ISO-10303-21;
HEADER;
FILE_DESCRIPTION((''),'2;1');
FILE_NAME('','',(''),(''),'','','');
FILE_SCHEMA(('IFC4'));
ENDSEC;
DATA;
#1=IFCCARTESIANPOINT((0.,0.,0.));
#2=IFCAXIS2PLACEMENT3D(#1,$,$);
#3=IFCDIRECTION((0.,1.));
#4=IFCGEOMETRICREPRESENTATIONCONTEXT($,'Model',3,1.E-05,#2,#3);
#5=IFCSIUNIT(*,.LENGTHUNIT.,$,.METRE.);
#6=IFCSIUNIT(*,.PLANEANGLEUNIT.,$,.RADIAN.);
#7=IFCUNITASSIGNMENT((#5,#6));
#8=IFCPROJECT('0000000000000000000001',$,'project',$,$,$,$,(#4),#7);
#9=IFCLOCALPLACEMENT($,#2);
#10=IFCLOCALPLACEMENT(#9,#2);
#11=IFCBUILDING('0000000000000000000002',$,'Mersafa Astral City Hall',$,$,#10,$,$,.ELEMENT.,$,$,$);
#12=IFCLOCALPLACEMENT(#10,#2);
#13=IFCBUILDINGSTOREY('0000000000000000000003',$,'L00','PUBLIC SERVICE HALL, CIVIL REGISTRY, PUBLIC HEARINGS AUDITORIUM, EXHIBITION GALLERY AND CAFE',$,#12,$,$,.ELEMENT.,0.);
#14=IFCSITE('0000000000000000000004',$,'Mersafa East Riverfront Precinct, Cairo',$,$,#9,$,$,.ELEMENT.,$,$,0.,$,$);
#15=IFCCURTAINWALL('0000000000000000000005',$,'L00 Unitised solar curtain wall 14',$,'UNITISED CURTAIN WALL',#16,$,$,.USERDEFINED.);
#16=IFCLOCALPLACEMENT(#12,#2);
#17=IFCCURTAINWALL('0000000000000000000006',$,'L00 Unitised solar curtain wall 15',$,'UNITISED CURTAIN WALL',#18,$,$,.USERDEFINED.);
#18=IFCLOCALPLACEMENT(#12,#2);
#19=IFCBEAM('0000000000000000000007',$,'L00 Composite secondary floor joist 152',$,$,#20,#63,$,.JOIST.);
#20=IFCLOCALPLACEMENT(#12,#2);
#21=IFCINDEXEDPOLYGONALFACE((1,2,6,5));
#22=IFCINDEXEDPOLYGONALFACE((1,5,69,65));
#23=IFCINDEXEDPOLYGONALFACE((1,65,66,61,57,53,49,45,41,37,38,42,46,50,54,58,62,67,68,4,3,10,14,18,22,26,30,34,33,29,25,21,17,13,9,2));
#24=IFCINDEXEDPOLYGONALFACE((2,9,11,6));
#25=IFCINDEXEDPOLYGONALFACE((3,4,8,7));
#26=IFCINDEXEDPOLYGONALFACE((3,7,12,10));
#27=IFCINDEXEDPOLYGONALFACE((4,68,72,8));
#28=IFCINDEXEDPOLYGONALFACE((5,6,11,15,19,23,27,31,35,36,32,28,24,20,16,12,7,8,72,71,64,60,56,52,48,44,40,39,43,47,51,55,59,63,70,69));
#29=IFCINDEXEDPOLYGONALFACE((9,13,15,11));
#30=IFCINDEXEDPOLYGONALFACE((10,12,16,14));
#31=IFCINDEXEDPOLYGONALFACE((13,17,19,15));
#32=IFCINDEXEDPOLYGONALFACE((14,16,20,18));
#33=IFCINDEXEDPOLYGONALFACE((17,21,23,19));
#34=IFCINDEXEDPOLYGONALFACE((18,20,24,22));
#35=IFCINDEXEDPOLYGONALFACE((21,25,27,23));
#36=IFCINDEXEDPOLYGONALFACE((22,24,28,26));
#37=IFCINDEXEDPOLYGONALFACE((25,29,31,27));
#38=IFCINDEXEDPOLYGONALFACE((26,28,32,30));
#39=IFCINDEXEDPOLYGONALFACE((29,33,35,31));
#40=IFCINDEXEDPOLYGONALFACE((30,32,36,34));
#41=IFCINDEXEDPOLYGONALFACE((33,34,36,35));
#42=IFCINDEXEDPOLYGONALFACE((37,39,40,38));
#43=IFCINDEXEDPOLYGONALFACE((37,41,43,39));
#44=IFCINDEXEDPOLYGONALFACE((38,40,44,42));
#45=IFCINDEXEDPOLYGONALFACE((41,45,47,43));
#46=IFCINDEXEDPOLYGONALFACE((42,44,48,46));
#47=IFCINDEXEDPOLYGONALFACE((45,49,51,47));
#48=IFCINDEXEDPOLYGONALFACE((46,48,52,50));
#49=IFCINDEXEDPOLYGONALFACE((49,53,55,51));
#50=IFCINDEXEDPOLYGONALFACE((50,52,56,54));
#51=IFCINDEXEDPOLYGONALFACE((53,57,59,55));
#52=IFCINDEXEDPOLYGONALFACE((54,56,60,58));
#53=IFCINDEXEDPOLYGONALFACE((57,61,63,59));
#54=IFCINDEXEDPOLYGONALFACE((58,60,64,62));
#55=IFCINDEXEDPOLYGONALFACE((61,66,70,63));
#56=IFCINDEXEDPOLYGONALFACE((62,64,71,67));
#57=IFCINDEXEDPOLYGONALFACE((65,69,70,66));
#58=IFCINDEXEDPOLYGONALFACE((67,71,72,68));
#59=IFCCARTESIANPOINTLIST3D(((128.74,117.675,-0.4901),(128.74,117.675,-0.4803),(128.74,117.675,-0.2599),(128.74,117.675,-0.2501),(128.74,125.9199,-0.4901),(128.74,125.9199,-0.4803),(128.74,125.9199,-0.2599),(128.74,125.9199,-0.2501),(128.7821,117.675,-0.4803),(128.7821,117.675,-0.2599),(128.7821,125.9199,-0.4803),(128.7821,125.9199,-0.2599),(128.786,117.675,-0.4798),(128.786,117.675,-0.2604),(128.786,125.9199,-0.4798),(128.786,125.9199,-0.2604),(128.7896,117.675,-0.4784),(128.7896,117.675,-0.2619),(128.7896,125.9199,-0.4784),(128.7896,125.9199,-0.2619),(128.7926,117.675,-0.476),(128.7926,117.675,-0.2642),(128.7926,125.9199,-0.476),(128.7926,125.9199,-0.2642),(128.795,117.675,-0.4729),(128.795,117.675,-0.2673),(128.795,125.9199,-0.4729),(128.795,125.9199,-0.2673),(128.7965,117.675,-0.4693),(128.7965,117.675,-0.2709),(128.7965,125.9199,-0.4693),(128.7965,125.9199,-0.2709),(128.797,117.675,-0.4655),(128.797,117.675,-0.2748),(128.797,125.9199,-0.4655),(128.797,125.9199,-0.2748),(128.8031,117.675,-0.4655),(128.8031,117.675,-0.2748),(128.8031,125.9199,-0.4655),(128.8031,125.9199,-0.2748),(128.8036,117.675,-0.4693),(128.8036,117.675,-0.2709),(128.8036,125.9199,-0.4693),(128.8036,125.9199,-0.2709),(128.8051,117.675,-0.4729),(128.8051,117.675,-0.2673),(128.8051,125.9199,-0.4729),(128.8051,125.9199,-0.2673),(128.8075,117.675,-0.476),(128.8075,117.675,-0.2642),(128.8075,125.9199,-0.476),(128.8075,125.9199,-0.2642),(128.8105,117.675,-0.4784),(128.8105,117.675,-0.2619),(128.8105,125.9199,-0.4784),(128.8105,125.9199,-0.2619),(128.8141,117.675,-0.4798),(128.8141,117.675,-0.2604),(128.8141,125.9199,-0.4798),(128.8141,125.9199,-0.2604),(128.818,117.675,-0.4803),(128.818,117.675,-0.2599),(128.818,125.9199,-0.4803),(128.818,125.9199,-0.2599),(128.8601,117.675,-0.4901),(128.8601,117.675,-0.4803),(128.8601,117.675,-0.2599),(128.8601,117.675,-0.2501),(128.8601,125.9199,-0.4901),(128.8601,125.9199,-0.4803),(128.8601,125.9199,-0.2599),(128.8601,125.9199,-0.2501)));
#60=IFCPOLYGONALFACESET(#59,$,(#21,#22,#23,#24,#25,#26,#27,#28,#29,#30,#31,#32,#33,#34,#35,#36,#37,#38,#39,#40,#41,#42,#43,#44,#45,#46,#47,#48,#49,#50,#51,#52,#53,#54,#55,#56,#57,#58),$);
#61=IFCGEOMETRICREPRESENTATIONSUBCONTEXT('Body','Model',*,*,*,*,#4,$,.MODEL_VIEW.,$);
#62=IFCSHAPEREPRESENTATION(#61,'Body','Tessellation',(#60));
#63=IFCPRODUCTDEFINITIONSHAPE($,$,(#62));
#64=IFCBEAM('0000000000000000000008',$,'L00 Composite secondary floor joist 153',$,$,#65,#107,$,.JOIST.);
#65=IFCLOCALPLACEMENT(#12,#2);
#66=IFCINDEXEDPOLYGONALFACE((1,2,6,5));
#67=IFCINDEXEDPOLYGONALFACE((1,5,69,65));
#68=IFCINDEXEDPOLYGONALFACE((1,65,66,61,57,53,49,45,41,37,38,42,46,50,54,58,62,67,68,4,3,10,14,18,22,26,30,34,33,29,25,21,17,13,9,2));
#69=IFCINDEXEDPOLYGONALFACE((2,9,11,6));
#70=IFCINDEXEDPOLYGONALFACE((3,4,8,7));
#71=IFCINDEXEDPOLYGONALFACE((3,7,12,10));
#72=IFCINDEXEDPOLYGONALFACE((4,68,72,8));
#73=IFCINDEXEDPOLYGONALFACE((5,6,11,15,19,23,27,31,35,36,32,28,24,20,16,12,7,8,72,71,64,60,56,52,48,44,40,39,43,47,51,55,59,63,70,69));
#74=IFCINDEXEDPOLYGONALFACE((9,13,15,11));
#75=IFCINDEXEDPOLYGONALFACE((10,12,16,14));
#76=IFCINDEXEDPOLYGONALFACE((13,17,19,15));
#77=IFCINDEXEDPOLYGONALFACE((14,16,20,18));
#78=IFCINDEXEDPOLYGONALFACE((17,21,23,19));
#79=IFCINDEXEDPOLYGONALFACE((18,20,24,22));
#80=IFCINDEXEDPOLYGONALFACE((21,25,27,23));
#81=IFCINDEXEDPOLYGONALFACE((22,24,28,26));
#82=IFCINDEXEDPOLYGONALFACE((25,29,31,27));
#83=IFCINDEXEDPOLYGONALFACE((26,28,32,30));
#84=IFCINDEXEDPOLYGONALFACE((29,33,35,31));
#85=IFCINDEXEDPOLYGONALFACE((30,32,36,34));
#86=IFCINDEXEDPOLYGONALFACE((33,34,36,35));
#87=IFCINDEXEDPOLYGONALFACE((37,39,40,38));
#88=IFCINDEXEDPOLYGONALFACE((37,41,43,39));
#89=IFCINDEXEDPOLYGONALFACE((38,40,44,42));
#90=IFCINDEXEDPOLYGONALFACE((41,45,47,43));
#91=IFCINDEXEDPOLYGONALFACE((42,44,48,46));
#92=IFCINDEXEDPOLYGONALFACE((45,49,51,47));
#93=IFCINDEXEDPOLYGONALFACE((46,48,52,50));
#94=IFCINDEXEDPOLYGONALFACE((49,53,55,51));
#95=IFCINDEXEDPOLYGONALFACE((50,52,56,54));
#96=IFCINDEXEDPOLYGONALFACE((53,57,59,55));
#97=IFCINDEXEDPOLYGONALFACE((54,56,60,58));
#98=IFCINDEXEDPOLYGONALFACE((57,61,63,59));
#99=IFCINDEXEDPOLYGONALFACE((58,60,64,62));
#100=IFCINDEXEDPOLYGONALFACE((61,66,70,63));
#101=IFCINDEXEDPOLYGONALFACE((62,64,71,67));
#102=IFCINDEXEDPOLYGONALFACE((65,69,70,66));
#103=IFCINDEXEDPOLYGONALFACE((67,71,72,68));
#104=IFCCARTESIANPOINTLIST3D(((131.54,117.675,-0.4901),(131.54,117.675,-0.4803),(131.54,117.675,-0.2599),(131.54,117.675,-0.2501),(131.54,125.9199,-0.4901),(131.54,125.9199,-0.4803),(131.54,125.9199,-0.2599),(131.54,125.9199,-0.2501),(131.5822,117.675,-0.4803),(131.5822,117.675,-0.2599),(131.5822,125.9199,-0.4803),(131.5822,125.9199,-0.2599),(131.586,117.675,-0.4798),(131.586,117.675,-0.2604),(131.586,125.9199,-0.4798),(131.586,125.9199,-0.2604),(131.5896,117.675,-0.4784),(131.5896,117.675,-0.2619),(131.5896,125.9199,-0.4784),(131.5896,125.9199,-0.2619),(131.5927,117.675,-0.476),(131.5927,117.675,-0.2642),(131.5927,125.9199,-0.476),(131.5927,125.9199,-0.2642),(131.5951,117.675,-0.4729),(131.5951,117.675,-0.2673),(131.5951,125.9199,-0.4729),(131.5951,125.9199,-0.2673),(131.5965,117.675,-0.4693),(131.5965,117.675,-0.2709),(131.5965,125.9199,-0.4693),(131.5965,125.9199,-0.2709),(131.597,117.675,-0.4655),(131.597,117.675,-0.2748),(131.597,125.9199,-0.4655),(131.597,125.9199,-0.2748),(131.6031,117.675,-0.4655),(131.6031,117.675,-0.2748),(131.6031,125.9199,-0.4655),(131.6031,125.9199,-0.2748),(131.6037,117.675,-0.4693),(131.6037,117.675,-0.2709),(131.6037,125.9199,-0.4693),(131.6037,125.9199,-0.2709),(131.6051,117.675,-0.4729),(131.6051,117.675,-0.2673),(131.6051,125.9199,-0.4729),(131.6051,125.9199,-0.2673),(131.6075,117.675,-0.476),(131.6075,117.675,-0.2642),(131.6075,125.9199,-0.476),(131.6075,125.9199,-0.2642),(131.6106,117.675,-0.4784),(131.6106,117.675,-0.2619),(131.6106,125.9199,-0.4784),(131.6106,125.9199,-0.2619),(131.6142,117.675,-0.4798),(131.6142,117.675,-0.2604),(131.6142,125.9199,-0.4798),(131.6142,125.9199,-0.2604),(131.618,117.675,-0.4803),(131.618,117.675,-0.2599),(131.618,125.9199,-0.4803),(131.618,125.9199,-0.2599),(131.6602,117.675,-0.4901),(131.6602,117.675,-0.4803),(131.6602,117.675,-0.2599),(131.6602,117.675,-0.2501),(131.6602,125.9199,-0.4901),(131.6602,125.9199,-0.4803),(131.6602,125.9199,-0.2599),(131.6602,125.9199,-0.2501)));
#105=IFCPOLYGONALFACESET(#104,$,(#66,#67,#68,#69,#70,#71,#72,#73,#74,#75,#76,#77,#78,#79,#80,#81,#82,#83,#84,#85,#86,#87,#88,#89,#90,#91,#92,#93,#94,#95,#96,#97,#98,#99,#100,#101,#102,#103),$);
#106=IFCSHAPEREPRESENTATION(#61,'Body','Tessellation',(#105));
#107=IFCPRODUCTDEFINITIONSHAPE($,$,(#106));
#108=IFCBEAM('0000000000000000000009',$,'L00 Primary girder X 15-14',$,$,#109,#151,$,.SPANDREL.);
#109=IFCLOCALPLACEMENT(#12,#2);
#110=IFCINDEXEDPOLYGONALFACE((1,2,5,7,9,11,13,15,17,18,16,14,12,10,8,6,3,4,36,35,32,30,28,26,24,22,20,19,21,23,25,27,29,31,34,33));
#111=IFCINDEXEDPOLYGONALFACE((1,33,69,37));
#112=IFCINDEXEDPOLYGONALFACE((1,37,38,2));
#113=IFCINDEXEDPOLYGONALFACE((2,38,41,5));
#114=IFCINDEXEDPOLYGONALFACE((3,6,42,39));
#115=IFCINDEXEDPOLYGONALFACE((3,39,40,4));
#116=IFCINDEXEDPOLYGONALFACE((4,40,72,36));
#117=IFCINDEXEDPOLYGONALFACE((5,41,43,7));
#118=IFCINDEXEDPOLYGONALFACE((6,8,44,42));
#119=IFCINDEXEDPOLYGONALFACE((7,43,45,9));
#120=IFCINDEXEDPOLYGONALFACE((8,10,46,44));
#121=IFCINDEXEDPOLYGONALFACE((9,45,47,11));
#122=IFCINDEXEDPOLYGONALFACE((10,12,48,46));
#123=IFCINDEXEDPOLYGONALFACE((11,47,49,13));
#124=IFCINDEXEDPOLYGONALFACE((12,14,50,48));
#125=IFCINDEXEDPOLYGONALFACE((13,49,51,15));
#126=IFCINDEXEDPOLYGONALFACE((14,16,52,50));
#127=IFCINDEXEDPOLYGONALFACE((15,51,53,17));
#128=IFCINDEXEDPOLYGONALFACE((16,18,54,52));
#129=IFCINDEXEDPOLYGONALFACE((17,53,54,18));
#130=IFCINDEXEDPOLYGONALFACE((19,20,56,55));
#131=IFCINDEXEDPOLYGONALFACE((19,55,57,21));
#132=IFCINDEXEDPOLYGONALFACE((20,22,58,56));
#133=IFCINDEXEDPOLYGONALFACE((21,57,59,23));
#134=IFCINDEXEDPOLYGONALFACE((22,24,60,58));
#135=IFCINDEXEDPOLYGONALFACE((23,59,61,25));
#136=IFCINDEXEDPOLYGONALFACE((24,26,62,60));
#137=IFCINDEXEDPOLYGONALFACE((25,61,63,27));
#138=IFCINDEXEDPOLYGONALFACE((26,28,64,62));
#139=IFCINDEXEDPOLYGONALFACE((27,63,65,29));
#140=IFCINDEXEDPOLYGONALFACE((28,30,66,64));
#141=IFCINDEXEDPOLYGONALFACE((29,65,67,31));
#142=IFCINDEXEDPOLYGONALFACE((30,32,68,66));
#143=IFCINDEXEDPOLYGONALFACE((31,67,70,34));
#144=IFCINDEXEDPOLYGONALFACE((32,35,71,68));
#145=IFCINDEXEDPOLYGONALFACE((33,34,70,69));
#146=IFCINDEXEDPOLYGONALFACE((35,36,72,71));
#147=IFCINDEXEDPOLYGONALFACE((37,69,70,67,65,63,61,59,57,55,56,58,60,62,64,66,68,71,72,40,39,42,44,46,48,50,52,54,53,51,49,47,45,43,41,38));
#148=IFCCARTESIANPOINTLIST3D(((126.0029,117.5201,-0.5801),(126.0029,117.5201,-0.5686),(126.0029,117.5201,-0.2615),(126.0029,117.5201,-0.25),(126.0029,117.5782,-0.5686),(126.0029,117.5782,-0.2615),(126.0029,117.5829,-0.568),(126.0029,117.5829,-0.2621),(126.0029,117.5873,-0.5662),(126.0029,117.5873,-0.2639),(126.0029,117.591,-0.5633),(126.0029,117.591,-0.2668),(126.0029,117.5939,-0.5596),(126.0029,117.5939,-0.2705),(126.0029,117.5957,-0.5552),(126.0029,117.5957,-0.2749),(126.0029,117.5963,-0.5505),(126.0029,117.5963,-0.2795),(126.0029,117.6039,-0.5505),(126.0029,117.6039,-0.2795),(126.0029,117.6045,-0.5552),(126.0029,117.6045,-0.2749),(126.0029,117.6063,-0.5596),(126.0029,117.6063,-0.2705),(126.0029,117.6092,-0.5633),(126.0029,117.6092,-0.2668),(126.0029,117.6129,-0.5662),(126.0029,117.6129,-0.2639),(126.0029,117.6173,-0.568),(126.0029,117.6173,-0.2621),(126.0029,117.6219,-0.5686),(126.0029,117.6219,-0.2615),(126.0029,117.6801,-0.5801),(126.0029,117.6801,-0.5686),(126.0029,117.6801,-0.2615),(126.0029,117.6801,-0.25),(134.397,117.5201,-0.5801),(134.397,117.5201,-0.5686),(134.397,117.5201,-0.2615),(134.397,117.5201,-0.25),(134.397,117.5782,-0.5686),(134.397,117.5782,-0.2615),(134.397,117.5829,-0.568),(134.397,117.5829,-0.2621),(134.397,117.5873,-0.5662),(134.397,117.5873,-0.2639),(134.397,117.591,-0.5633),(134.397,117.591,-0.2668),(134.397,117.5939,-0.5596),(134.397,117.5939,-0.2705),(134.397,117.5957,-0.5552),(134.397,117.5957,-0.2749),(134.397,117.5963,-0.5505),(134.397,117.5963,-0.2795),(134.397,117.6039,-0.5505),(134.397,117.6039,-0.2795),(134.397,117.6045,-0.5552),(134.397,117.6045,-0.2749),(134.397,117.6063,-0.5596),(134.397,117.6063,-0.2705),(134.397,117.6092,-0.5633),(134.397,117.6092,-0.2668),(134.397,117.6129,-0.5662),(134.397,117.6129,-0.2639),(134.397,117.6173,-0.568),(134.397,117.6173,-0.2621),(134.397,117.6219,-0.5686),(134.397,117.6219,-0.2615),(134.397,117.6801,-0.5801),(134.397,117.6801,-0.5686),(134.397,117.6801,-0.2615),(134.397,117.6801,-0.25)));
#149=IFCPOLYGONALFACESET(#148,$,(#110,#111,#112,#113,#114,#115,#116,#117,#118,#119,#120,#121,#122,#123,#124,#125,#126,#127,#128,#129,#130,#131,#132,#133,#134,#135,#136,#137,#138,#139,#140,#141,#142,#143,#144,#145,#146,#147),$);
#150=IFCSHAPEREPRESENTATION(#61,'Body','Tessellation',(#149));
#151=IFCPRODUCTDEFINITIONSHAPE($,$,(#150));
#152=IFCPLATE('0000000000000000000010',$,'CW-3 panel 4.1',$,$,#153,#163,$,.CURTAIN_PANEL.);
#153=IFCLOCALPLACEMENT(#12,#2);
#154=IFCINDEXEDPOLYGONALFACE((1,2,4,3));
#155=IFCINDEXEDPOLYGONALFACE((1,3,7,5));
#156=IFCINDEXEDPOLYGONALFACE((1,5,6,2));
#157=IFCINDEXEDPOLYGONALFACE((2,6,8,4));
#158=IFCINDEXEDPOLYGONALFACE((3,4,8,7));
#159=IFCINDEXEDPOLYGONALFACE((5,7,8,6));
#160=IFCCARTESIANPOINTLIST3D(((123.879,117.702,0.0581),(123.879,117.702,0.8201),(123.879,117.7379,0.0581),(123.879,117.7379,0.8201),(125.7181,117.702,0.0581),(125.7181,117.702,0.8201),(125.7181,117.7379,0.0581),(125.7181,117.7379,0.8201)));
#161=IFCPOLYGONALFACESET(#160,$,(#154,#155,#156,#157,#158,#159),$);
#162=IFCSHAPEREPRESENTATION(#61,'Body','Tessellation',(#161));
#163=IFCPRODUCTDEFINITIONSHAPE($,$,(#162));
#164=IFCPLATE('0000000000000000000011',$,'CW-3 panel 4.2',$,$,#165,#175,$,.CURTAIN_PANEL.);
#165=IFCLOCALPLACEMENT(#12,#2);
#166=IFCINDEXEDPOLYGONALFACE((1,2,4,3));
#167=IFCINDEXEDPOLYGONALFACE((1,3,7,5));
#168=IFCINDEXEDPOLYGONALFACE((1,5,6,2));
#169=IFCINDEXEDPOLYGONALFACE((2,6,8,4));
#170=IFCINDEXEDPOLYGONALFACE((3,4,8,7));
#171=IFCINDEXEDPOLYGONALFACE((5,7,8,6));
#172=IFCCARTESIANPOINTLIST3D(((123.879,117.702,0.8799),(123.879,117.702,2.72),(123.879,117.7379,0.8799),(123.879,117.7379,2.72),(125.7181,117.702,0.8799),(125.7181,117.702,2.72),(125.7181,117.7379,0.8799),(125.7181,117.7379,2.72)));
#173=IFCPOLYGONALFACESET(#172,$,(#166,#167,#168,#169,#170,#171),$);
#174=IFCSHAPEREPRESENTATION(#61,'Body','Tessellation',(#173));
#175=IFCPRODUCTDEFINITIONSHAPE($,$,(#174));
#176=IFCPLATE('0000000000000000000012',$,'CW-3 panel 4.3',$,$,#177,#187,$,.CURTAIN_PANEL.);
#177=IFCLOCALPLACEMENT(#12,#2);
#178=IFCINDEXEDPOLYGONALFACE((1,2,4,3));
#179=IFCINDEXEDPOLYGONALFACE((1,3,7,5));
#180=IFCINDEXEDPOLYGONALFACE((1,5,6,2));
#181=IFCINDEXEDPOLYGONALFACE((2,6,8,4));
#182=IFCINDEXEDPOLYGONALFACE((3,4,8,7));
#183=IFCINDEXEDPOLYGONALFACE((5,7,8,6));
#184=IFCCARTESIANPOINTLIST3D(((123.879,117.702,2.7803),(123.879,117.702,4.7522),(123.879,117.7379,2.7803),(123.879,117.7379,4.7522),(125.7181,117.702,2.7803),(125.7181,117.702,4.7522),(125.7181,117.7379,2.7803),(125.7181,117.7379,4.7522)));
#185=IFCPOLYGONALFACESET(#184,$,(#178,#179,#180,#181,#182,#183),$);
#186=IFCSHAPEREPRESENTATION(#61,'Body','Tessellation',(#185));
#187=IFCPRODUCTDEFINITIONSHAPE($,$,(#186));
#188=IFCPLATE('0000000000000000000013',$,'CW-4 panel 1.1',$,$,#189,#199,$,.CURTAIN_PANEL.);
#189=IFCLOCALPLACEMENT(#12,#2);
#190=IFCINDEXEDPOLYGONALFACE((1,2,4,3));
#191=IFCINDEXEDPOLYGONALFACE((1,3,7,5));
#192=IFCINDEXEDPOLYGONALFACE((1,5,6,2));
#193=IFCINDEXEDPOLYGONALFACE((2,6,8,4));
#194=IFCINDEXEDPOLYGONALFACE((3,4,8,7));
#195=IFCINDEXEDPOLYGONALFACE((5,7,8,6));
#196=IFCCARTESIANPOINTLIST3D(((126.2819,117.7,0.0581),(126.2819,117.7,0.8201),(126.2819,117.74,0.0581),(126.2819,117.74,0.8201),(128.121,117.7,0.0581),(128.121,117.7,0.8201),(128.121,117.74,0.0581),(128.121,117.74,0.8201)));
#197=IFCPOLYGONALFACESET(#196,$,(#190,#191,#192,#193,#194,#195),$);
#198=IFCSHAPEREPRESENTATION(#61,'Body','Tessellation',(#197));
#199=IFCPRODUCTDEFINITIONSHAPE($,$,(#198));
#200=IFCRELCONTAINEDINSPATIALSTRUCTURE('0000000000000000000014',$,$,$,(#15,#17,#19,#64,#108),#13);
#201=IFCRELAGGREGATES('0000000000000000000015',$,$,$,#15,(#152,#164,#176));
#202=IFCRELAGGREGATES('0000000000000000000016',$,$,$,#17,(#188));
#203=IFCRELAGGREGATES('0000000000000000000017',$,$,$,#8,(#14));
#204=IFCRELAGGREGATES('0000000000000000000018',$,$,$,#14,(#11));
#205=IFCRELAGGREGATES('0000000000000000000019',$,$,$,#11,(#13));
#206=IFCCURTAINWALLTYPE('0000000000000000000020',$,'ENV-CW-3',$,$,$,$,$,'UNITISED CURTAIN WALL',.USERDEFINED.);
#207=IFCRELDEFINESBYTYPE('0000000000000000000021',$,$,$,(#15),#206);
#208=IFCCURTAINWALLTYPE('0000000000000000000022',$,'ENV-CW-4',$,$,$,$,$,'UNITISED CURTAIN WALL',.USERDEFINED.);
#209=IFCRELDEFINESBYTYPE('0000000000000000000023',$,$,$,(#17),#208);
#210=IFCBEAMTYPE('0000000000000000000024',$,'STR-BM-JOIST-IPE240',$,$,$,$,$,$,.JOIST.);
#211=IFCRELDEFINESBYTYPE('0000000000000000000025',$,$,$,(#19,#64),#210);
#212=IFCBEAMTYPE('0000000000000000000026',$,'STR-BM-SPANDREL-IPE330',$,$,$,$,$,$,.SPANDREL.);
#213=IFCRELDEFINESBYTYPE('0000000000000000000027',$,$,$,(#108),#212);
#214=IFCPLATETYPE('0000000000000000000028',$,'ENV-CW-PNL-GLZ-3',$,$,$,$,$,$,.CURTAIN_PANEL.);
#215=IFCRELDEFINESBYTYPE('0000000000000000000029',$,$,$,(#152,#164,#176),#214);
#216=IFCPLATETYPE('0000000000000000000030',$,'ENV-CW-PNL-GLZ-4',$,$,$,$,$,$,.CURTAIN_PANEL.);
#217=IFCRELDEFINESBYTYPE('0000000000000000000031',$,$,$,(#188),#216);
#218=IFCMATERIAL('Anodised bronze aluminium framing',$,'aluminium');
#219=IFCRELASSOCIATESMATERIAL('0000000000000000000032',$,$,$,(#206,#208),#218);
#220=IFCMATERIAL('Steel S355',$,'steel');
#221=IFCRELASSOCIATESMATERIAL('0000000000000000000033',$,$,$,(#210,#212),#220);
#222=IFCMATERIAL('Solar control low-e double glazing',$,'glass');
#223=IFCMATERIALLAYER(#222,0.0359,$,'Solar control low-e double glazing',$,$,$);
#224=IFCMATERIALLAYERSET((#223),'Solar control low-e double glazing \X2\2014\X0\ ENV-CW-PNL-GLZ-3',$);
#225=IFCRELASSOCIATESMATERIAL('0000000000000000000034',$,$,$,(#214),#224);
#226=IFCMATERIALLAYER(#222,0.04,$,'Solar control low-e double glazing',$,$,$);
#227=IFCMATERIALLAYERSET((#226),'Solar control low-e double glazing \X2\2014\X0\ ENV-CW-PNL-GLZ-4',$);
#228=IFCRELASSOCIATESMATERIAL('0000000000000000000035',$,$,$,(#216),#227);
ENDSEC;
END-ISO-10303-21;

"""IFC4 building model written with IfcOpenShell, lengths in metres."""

from ifc_helpers import new_model, si_unit, direction, frame, origin, origin_2d, place, context, subcontext, project, spatial, rectangle, i_section, extrude, material, layer, layer_set, material_profile, profile_set, type_object, element, aggregate, save


model = new_model("IFC4")

# Units and contexts
model_context = context("Model", 3, precision=1e-05, world=origin(), true_north=direction((0.0, 1.0)))
body_context = subcontext(model_context, "Body", "Model", "MODEL_VIEW")
ifc_project = project(units=[si_unit("LENGTHUNIT", "METRE"), si_unit("PLANEANGLEUNIT", "RADIAN")], contexts=[model_context])

# Site, building, storey
site_placement = place(None, origin())
site = spatial("IfcSite", under=ifc_project, at=site_placement, Name="Mersafa East Riverfront Precinct, Cairo", CompositionType="ELEMENT", RefElevation=0.0)
building_placement = place(site_placement, origin())
building = spatial("IfcBuilding", under=site, at=building_placement, Name="Mersafa Astral City Hall", CompositionType="ELEMENT")
storey_placement = place(building_placement, origin())
storey = spatial("IfcBuildingStorey", under=building, at=storey_placement, Name="L00", Description="PUBLIC SERVICE HALL, CIVIL REGISTRY, PUBLIC HEARINGS AUDITORIUM, EXHIBITION GALLERY AND CAFE", CompositionType="ELEMENT", Elevation=0.0)

# Shared definitions
ifc_material_1 = material(Name="Steel S355", Category="steel")

# Curtain wall
ifc_material_2 = material(Name="Anodised bronze aluminium framing", Category="aluminium")
curtain_wall_type_1 = type_object("IfcCurtainWallType", Name="ENV-CW-3", ElementType="UNITISED CURTAIN WALL", PredefinedType="USERDEFINED", material=ifc_material_2)
curtain_wall_1_placement = place(storey_placement, origin())
curtain_wall_1 = element("IfcCurtainWall", 1, at=curtain_wall_1_placement, inside=storey, type_object=curtain_wall_type_1, Name="L00 Unitised solar curtain wall 14", ObjectType="UNITISED CURTAIN WALL", PredefinedType="USERDEFINED")

# Curtain wall
curtain_wall_type_2 = type_object("IfcCurtainWallType", Name="ENV-CW-4", ElementType="UNITISED CURTAIN WALL", PredefinedType="USERDEFINED", material=ifc_material_2)
curtain_wall_2_placement = place(storey_placement, origin())
curtain_wall_2 = element("IfcCurtainWall", 2, at=curtain_wall_2_placement, inside=storey, type_object=curtain_wall_type_2, Name="L00 Unitised solar curtain wall 15", ObjectType="UNITISED CURTAIN WALL", PredefinedType="USERDEFINED")

# Beams
ifc_material_profile_1 = material_profile(ifc_material_1, i_section(OverallWidth=0.1201, OverallDepth=0.24, WebThickness=0.0061, FlangeThickness=0.0098, FilletRadius=0.0149, at=origin_2d()), Name="IPE 240")
ifc_profile_set_1 = profile_set([ifc_material_profile_1], Name="Steel S355")
beam_type_1 = type_object("IfcBeamType", Name="STR-BM-JOIST-IPE240", PredefinedType="JOIST", material=ifc_profile_set_1)
for number, where, z_axis, x_axis, name in (
    (3, (128.8, 117.675, -0.3701), (0.0, 1.0, 0.0), (-1.0, 0.0, 0.0), "L00 Composite secondary floor joist 152"),
    (4, (131.6001, 117.675, -0.3701), (0.0, 1.0, 0.0), (-1.0, 0.0, 0.0), "L00 Composite secondary floor joist 153"),
):
    element("IfcBeam", number, at=place(storey_placement, frame(where, z_axis=z_axis, x_axis=x_axis)), inside=storey, type_object=beam_type_1, Name=name, PredefinedType="JOIST", context=body_context, shape_type="SweptSolid", body=[
        extrude(i_section(OverallWidth=0.1201, OverallDepth=0.24, WebThickness=0.0061, FlangeThickness=0.0098, FilletRadius=0.0149, at=origin_2d()), origin(), (0.0, 0.0, 1.0), 8.2449),
    ])
ifc_material_profile_2 = material_profile(ifc_material_1, i_section(OverallWidth=0.1599, OverallDepth=0.3301, WebThickness=0.0076, FlangeThickness=0.0115, FilletRadius=0.0181, at=origin_2d()), Name="IPE 330")
ifc_profile_set_2 = profile_set([ifc_material_profile_2], Name="Steel S355")
beam_type_2 = type_object("IfcBeamType", Name="STR-BM-SPANDREL-IPE330", PredefinedType="SPANDREL", material=ifc_profile_set_2)
beam_placement = place(storey_placement, frame((126.0029, 117.6001, -0.415), z_axis=(1.0, 0.0, 0.0), x_axis=(0.0, 1.0, 0.0)))
element("IfcBeam", 5, at=beam_placement, inside=storey, type_object=beam_type_2, Name="L00 Primary girder X 15-14", PredefinedType="SPANDREL", context=body_context, shape_type="SweptSolid", body=[
    extrude(i_section(OverallWidth=0.1599, OverallDepth=0.3301, WebThickness=0.0076, FlangeThickness=0.0115, FilletRadius=0.0181, at=origin_2d()), origin(), (0.0, 0.0, 1.0), 8.394),
])

# Plates
ifc_material_3 = material(Name="Solar control low-e double glazing", Category="glass")
ifc_layer_1 = layer(ifc_material_3, 0.0359, Name="Solar control low-e double glazing")
ifc_layer_set_1 = layer_set([ifc_layer_1], Name="Solar control low-e double glazing — ENV-CW-PNL-GLZ-3")
plate_type_1 = type_object("IfcPlateType", Name="ENV-CW-PNL-GLZ-3", PredefinedType="CURTAIN_PANEL", material=ifc_layer_set_1)
plate_1_placement = place(storey_placement, frame((124.7986, 117.72, 0.0581), z_axis=(0.0, 0.0, 1.0), x_axis=(1.0, 0.0, 0.0)))
plate_1 = element("IfcPlate", 6, at=plate_1_placement, type_object=plate_type_1, Name="CW-3 panel 4.1", PredefinedType="CURTAIN_PANEL", context=body_context, shape_type="SweptSolid", body=[
    extrude(rectangle(XDim=1.8391, YDim=0.0359, at=origin_2d()), origin(), (0.0, 0.0, 1.0), 0.762),
])
plate_2_placement = place(storey_placement, frame((124.7986, 117.72, 0.8799), z_axis=(0.0, 0.0, 1.0), x_axis=(1.0, 0.0, 0.0)))
plate_2 = element("IfcPlate", 7, at=plate_2_placement, type_object=plate_type_1, Name="CW-3 panel 4.2", PredefinedType="CURTAIN_PANEL", context=body_context, shape_type="SweptSolid", body=[
    extrude(rectangle(XDim=1.8391, YDim=0.0359, at=origin_2d()), origin(), (0.0, 0.0, 1.0), 1.8401),
])
plate_3_placement = place(storey_placement, frame((124.7986, 117.72, 2.7803), z_axis=(0.0, 0.0, 1.0), x_axis=(1.0, 0.0, 0.0)))
plate_3 = element("IfcPlate", 8, at=plate_3_placement, type_object=plate_type_1, Name="CW-3 panel 4.3", PredefinedType="CURTAIN_PANEL", context=body_context, shape_type="SweptSolid", body=[
    extrude(rectangle(XDim=1.8391, YDim=0.0359, at=origin_2d()), origin(), (0.0, 0.0, 1.0), 1.9719),
])
aggregate(curtain_wall_1, [plate_1, plate_2, plate_3])
ifc_layer_2 = layer(ifc_material_3, 0.04, Name="Solar control low-e double glazing")
ifc_layer_set_2 = layer_set([ifc_layer_2], Name="Solar control low-e double glazing — ENV-CW-PNL-GLZ-4")
plate_type_2 = type_object("IfcPlateType", Name="ENV-CW-PNL-GLZ-4", PredefinedType="CURTAIN_PANEL", material=ifc_layer_set_2)
plate_4_placement = place(storey_placement, frame((127.2014, 117.72, 0.0581), z_axis=(0.0, 0.0, 1.0), x_axis=(1.0, 0.0, 0.0)))
plate_4 = element("IfcPlate", 9, at=plate_4_placement, type_object=plate_type_2, Name="CW-4 panel 1.1", PredefinedType="CURTAIN_PANEL", context=body_context, shape_type="SweptSolid", body=[
    extrude(rectangle(XDim=1.8391, YDim=0.04, at=origin_2d()), origin(), (0.0, 0.0, 1.0), 0.762),
])
aggregate(curtain_wall_2, [plate_4])

save(model, "model.ifc")
